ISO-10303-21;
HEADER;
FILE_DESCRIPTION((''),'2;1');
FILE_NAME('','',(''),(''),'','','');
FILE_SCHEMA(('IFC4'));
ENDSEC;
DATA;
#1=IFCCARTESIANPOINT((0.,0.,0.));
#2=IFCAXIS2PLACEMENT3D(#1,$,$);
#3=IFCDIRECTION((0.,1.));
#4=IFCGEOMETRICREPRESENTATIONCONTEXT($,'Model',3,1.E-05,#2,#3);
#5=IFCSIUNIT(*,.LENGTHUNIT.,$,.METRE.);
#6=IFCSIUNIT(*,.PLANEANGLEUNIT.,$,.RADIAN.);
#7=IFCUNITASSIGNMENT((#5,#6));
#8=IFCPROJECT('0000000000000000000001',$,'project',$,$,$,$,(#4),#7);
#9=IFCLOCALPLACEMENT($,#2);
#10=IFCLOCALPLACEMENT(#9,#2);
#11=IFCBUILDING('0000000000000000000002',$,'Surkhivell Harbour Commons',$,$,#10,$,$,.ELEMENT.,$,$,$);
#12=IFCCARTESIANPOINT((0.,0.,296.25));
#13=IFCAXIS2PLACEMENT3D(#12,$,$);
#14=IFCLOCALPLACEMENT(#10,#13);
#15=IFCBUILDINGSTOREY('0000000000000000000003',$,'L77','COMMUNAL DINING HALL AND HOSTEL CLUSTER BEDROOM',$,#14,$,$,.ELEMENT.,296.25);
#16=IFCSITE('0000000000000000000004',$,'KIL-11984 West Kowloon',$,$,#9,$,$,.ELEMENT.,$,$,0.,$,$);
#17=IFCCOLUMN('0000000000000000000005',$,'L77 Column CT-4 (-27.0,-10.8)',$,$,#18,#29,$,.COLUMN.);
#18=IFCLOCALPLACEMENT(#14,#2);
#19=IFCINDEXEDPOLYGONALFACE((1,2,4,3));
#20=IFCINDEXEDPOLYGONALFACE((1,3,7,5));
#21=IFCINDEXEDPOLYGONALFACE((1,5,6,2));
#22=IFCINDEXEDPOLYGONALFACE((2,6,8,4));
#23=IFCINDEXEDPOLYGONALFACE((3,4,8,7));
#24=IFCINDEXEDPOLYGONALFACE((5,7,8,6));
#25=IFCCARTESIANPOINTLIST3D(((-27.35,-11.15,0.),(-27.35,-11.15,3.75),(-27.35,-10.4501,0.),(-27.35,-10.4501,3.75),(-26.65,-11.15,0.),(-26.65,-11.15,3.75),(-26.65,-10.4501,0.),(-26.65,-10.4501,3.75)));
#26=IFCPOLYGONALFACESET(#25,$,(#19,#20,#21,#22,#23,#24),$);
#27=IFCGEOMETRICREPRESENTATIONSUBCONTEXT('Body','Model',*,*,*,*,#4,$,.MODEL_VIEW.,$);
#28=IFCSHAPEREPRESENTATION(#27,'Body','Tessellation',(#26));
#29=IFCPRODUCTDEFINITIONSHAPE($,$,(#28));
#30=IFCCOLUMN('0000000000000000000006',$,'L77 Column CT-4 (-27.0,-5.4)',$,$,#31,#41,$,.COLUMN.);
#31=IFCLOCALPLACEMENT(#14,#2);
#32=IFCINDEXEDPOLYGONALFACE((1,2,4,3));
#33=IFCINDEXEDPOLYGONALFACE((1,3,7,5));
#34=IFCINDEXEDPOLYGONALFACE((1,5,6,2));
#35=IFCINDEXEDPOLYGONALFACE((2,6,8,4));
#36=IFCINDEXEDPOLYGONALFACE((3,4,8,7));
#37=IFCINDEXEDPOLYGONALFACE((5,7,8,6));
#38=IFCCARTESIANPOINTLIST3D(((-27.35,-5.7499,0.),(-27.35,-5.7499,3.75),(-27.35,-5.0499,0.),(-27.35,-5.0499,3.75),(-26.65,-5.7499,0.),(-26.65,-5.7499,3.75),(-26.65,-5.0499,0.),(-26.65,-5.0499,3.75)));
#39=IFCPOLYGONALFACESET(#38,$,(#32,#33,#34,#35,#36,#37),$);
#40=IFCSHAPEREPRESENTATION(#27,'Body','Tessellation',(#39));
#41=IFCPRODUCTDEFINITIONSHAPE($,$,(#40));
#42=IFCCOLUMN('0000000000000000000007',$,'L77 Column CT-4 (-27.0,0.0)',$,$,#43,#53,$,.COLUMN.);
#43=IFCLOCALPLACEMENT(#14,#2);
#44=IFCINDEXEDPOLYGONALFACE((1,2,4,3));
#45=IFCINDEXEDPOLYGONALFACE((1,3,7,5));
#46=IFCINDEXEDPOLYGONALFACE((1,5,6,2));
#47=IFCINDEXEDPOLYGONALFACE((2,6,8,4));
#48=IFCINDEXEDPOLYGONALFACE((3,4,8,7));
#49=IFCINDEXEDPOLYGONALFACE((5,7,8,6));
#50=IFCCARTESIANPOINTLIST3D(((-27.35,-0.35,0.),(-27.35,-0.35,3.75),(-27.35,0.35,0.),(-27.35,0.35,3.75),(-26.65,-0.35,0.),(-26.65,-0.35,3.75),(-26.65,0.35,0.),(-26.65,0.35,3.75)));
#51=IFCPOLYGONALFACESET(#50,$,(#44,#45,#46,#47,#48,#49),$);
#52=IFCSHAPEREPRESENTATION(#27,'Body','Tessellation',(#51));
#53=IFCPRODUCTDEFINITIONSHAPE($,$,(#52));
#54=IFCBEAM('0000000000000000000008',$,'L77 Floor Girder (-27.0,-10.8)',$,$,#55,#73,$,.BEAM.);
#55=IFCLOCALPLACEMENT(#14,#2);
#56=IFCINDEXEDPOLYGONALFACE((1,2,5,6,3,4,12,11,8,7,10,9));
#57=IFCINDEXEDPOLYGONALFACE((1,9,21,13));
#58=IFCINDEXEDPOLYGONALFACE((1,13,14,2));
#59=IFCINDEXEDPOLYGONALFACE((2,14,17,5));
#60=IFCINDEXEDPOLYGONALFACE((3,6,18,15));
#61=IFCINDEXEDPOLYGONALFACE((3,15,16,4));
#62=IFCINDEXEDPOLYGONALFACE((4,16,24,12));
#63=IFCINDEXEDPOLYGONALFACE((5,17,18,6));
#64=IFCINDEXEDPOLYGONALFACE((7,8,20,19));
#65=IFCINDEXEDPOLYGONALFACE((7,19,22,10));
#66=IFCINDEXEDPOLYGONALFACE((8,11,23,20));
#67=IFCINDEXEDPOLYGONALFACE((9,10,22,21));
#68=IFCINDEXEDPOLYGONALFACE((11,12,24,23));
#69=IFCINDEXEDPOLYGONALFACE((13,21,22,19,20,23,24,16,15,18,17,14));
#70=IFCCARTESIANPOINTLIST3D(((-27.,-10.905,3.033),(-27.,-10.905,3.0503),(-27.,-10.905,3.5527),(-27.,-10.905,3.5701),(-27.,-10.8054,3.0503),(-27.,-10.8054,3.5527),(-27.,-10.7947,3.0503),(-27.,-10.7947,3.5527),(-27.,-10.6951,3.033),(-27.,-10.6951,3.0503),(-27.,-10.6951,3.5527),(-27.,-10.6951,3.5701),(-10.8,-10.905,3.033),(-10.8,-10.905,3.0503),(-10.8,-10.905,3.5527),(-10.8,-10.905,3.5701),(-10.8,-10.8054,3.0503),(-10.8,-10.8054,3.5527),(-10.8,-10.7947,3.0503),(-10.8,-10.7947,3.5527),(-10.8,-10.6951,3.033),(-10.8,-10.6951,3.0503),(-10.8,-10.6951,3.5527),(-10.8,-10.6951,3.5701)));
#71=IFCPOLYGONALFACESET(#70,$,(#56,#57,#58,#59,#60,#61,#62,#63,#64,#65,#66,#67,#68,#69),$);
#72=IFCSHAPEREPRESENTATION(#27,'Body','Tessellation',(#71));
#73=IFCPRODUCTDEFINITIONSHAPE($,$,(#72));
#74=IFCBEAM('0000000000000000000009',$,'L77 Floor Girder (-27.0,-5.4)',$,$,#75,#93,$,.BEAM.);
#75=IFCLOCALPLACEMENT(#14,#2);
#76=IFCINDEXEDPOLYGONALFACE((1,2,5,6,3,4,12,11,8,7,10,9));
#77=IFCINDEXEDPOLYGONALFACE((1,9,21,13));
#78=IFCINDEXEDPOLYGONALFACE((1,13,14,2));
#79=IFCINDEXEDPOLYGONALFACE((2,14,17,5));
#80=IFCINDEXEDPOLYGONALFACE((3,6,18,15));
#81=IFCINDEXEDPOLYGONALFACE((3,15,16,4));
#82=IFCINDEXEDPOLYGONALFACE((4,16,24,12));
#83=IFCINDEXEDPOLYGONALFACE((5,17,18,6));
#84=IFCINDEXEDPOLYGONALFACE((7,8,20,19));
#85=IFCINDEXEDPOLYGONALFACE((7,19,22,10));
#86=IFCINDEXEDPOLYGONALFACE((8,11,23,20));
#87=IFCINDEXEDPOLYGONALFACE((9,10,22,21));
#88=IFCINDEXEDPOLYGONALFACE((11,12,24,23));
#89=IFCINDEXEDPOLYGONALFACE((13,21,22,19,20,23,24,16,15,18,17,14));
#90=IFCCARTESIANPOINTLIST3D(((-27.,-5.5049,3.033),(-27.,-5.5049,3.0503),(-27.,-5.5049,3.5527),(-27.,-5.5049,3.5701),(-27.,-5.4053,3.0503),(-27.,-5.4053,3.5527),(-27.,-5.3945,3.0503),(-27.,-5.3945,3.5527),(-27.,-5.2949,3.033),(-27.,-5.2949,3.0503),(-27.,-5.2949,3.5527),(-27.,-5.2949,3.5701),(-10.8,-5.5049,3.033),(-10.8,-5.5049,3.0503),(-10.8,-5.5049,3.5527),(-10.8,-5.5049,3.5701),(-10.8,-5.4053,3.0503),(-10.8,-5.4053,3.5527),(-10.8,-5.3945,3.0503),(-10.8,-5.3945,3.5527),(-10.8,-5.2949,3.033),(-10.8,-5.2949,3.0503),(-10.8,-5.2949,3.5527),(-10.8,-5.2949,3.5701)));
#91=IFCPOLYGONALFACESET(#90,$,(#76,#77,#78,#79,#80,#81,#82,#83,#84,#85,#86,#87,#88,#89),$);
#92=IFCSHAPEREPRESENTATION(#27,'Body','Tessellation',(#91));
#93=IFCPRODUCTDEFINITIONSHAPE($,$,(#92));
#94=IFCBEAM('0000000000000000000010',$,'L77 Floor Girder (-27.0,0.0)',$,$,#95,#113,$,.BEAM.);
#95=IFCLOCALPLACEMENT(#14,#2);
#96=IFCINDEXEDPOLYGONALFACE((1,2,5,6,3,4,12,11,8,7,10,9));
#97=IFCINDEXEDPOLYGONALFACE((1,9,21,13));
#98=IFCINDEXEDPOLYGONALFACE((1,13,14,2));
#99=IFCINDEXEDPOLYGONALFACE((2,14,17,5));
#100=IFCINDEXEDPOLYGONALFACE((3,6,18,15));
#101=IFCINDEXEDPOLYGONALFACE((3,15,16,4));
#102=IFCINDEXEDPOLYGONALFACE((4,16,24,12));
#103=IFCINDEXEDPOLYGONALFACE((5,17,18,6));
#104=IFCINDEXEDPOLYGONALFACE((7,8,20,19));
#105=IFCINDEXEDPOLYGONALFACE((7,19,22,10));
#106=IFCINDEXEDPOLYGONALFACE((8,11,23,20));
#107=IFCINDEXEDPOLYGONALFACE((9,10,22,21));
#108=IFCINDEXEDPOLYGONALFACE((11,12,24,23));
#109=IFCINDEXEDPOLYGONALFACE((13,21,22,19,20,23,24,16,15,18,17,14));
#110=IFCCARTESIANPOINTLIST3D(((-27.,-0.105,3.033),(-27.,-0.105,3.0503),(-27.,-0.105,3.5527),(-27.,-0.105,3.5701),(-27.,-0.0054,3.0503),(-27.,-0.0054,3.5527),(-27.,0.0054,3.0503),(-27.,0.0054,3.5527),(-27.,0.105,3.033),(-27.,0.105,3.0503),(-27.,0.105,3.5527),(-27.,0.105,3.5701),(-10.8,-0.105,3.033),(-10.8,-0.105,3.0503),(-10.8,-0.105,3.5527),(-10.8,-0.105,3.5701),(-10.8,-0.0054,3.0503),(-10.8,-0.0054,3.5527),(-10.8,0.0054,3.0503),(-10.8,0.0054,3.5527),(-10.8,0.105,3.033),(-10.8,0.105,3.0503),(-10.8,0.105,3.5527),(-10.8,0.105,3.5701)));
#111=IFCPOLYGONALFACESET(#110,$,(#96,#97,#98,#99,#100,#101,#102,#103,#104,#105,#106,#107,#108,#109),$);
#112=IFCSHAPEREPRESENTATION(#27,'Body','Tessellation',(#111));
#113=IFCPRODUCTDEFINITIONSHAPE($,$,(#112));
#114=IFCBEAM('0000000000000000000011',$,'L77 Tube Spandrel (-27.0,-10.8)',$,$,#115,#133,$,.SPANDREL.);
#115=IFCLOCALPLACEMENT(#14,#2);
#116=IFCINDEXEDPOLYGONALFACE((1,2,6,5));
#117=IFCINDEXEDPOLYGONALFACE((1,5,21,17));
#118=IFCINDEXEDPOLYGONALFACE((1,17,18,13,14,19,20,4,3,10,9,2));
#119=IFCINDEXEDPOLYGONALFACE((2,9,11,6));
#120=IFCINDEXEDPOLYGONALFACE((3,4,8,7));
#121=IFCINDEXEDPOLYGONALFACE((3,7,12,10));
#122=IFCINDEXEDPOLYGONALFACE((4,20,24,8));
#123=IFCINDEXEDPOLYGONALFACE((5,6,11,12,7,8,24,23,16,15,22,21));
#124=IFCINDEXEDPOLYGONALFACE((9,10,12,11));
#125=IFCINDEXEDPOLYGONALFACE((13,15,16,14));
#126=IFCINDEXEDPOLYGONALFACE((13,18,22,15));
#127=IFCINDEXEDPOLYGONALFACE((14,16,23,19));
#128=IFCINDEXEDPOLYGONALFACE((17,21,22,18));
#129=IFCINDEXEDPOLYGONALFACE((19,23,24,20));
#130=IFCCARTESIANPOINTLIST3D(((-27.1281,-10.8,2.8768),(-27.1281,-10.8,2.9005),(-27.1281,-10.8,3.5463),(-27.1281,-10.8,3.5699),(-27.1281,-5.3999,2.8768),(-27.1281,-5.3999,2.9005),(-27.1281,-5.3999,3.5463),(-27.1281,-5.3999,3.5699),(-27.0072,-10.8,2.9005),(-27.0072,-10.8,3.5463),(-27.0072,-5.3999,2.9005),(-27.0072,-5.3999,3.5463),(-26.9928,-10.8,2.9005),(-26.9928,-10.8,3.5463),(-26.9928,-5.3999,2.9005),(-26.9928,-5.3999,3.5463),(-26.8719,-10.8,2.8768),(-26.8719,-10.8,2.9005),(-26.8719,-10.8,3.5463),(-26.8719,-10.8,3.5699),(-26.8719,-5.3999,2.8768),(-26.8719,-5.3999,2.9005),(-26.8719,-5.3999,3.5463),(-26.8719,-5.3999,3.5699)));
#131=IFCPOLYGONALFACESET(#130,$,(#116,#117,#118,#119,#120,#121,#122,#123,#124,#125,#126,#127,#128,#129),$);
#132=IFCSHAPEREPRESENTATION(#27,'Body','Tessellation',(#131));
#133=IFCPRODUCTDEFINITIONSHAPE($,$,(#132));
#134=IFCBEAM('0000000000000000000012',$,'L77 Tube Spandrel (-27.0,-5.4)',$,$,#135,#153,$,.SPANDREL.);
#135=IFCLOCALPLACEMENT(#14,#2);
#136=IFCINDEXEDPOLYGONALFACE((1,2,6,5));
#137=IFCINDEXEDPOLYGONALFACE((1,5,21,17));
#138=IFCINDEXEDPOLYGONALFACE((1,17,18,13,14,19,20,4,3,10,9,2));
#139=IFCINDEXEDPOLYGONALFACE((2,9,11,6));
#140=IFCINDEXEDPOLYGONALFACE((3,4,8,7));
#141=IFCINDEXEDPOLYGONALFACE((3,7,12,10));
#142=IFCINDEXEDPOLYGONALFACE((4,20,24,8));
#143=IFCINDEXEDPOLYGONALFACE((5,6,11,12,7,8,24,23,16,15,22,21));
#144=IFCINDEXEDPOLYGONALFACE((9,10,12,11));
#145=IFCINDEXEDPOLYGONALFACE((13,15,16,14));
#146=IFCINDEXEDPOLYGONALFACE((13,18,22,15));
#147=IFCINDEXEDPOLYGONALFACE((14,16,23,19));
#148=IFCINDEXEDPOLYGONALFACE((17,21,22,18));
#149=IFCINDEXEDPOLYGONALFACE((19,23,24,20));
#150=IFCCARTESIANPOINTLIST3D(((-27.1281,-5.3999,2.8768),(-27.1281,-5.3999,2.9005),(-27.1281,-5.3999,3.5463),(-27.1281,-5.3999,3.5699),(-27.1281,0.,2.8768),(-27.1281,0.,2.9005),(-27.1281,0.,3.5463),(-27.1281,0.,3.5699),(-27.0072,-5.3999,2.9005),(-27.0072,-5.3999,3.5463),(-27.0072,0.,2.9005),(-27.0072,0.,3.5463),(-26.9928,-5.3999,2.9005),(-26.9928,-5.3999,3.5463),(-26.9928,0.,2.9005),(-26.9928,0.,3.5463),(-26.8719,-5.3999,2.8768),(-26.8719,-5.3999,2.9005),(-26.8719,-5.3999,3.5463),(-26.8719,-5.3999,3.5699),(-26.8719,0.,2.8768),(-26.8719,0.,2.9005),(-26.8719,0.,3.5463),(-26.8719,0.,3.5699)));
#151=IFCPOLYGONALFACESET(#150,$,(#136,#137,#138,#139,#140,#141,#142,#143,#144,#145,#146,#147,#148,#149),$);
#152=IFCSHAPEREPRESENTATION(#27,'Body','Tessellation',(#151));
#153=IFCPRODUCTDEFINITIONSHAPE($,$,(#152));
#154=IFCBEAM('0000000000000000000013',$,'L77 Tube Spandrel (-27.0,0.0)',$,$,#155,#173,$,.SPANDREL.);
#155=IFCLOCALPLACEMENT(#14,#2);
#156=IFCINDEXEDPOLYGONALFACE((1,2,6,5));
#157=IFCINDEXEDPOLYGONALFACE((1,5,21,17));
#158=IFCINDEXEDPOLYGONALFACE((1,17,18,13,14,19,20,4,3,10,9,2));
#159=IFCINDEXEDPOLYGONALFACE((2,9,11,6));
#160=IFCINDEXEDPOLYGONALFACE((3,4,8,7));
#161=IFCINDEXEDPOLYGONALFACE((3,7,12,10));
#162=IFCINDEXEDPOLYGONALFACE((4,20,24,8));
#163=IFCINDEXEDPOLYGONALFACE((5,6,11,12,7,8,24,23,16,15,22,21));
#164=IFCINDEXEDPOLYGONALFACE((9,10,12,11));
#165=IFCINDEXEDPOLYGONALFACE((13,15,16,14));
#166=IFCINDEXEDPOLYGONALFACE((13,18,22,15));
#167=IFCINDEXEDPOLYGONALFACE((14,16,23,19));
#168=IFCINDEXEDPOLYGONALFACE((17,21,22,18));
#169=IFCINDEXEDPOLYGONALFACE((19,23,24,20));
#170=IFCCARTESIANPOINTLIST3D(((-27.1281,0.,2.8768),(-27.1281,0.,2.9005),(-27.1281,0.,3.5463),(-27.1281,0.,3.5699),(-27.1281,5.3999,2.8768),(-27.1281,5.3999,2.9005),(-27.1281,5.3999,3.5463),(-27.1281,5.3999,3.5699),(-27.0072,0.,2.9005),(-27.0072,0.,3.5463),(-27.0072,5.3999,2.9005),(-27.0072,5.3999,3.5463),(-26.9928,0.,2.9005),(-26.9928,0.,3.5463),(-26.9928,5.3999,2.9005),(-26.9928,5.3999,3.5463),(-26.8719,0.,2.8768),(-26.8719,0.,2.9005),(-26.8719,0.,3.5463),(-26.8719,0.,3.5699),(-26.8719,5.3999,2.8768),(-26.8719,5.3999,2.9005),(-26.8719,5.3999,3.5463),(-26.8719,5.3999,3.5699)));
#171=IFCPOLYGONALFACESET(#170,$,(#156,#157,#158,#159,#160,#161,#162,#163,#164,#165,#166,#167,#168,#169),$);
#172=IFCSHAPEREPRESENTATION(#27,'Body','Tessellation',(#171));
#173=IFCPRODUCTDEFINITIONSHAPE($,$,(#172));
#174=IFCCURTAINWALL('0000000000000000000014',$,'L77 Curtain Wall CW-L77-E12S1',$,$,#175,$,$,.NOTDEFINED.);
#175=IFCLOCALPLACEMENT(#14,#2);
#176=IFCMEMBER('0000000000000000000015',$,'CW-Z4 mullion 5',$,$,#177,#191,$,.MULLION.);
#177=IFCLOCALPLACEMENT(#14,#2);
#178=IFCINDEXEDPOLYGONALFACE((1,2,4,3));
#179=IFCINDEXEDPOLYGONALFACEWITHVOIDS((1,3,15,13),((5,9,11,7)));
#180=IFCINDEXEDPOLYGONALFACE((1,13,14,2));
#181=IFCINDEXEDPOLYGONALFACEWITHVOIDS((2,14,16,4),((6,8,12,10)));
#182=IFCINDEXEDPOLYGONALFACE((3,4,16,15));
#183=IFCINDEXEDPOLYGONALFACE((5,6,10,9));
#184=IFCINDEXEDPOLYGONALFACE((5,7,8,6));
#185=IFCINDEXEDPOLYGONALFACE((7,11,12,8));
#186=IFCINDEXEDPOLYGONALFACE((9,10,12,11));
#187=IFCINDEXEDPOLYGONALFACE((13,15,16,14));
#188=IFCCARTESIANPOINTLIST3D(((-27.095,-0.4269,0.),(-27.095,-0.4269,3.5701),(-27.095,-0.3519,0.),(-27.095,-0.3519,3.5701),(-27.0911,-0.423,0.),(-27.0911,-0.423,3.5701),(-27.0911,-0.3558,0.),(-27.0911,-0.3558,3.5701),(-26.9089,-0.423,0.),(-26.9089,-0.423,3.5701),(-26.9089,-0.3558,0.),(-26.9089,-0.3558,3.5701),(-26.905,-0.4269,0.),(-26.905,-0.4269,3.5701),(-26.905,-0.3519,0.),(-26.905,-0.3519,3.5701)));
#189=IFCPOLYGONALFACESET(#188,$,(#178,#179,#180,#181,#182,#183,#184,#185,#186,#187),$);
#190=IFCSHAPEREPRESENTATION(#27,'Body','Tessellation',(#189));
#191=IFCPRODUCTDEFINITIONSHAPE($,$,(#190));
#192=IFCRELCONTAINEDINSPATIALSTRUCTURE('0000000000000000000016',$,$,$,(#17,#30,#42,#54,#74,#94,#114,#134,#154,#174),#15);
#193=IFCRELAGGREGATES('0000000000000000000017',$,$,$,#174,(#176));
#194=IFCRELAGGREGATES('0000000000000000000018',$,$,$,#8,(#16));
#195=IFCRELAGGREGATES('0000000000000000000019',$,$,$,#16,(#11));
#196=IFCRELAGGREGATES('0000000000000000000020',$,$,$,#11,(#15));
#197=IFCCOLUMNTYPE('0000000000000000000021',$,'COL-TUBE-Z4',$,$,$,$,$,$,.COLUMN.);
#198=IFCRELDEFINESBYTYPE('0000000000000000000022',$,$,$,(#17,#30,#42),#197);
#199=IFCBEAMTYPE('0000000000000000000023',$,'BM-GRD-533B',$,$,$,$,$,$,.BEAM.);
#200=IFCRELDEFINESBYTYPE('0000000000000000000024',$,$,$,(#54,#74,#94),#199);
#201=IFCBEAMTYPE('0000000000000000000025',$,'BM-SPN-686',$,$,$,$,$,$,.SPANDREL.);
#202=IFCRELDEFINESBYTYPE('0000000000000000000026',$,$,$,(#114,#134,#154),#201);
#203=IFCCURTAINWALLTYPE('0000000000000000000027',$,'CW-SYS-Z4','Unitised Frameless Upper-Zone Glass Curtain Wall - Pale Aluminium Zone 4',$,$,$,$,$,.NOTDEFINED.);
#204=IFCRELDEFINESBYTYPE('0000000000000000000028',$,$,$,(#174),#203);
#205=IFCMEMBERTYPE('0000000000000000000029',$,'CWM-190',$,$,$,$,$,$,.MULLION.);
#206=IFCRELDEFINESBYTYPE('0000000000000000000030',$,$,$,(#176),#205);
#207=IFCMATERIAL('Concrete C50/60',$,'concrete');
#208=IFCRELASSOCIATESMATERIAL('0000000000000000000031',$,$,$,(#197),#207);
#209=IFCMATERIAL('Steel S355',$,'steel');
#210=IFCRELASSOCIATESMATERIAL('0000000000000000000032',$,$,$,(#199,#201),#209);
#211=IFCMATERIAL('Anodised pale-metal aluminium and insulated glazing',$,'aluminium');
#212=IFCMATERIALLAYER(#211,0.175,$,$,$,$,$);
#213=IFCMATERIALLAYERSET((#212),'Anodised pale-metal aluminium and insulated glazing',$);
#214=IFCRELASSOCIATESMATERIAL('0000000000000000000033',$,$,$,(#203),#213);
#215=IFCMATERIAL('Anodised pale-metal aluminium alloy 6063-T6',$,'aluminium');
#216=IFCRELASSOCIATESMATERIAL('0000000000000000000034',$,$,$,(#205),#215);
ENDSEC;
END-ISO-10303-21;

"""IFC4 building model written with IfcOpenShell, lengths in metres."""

from ifc_helpers import new_model, si_unit, direction, frame, origin, origin_2d, place, context, subcontext, project, spatial, rectangle, hollow_rectangle, i_section, extrude, material, layer, layer_set, material_profile, profile_set, type_object, element, aggregate, save


model = new_model("IFC4")

# Units and contexts
model_context = context("Model", 3, precision=1e-05, world=origin(), true_north=direction((0.0, 1.0)))
body_context = subcontext(model_context, "Body", "Model", "MODEL_VIEW")
ifc_project = project(units=[si_unit("LENGTHUNIT", "METRE"), si_unit("PLANEANGLEUNIT", "RADIAN")], contexts=[model_context])

# Site, building, storey
site_placement = place(None, origin())
site = spatial("IfcSite", under=ifc_project, at=site_placement, Name="KIL-11984 West Kowloon", CompositionType="ELEMENT", RefElevation=0.0)
building_placement = place(site_placement, origin())
building = spatial("IfcBuilding", under=site, at=building_placement, Name="Surkhivell Harbour Commons", CompositionType="ELEMENT")
storey_placement = place(building_placement, frame((0.0, 0.0, 296.25)))
storey = spatial("IfcBuildingStorey", under=building, at=storey_placement, Name="L77", Description="COMMUNAL DINING HALL AND HOSTEL CLUSTER BEDROOM", CompositionType="ELEMENT", Elevation=296.25)

# Columns
ifc_material_1 = material(Name="Concrete C50/60", Category="concrete")
ifc_material_profile_1 = material_profile(ifc_material_1, rectangle(XDim=0.7, YDim=0.7, at=origin_2d()), Name="RC-COL-700x700")
ifc_profile_set_1 = profile_set([ifc_material_profile_1], Name="Concrete C50/60")
column_type = type_object("IfcColumnType", Name="COL-TUBE-Z4", PredefinedType="COLUMN", material=ifc_profile_set_1)
for number, where, z_axis, x_axis, name in (
    (1, (-27.0, -10.8, 0.0), (0.0, 0.0, 1.0), (1.0, 0.0, 0.0), "L77 Column CT-4 (-27.0,-10.8)"),
    (2, (-27.0, -5.3999, 0.0), (0.0, 0.0, 1.0), (1.0, 0.0, 0.0), "L77 Column CT-4 (-27.0,-5.4)"),
    (3, (-27.0, 0.0, 0.0), (0.0, 0.0, 1.0), (1.0, 0.0, 0.0), "L77 Column CT-4 (-27.0,0.0)"),
):
    element("IfcColumn", number, at=place(storey_placement, frame(where, z_axis=z_axis, x_axis=x_axis)), inside=storey, type_object=column_type, Name=name, PredefinedType="COLUMN", context=body_context, shape_type="SweptSolid", body=[
        extrude(rectangle(XDim=0.7, YDim=0.7, at=origin_2d()), origin(), (0.0, 0.0, 1.0), 3.75),
    ])

# Beams
ifc_material_2 = material(Name="Steel S355", Category="steel")
ifc_material_profile_2 = material_profile(ifc_material_2, i_section(OverallWidth=0.21, OverallDepth=0.5371, WebThickness=0.0107, FlangeThickness=0.0173, at=origin_2d()), Name="UB533x210x101")
ifc_profile_set_2 = profile_set([ifc_material_profile_2], Name="Steel S355")
beam_type_1 = type_object("IfcBeamType", Name="BM-GRD-533B", PredefinedType="BEAM", material=ifc_profile_set_2)
for number, where, z_axis, x_axis, name in (
    (4, (-27.0, -10.8, 3.3015), (1.0, 0.0, 0.0), (0.0, 1.0, 0.0), "L77 Floor Girder (-27.0,-10.8)"),
    (5, (-27.0, -5.3999, 3.3015), (1.0, 0.0, 0.0), (0.0, 1.0, 0.0), "L77 Floor Girder (-27.0,-5.4)"),
    (6, (-27.0, 0.0, 3.3015), (1.0, 0.0, 0.0), (0.0, 1.0, 0.0), "L77 Floor Girder (-27.0,0.0)"),
):
    element("IfcBeam", number, at=place(storey_placement, frame(where, z_axis=z_axis, x_axis=x_axis)), inside=storey, type_object=beam_type_1, Name=name, PredefinedType="BEAM", context=body_context, shape_type="SweptSolid", body=[
        extrude(i_section(OverallWidth=0.21, OverallDepth=0.5371, WebThickness=0.0107, FlangeThickness=0.0173, at=origin_2d()), origin(), (0.0, 0.0, 1.0), 16.2),
    ])
ifc_material_profile_3 = material_profile(ifc_material_2, i_section(OverallWidth=0.2561, OverallDepth=0.6931, WebThickness=0.0144, FlangeThickness=0.0237, at=origin_2d()), Name="UB686x254x170")
ifc_profile_set_3 = profile_set([ifc_material_profile_3], Name="Steel S355")
beam_type_2 = type_object("IfcBeamType", Name="BM-SPN-686", PredefinedType="SPANDREL", material=ifc_profile_set_3)
beam_placement = place(storey_placement, frame((-27.0, -10.8, 3.2234), z_axis=(0.0, 1.0, 0.0), x_axis=(-1.0, 0.0, 0.0)))
element("IfcBeam", 7, at=beam_placement, inside=storey, type_object=beam_type_2, Name="L77 Tube Spandrel (-27.0,-10.8)", PredefinedType="SPANDREL", context=body_context, shape_type="SweptSolid", body=[
    extrude(i_section(OverallWidth=0.2561, OverallDepth=0.6931, WebThickness=0.0144, FlangeThickness=0.0237, at=origin_2d()), origin(), (0.0, 0.0, 1.0), 5.4001),
])
for number, where, z_axis, x_axis, name in (
    (8, (-27.0, -5.3999, 3.2234), (0.0, 1.0, 0.0), (-1.0, 0.0, 0.0), "L77 Tube Spandrel (-27.0,-5.4)"),
    (9, (-27.0, 0.0, 3.2234), (0.0, 1.0, 0.0), (-1.0, 0.0, 0.0), "L77 Tube Spandrel (-27.0,0.0)"),
):
    element("IfcBeam", number, at=place(storey_placement, frame(where, z_axis=z_axis, x_axis=x_axis)), inside=storey, type_object=beam_type_2, Name=name, PredefinedType="SPANDREL", context=body_context, shape_type="SweptSolid", body=[
        extrude(i_section(OverallWidth=0.2561, OverallDepth=0.6931, WebThickness=0.0144, FlangeThickness=0.0237, at=origin_2d()), origin(), (0.0, 0.0, 1.0), 5.3999),
    ])

# Curtain wall, member
ifc_material_3 = material(Name="Anodised pale-metal aluminium and insulated glazing", Category="aluminium")
ifc_layer_1 = layer(ifc_material_3, 0.175)
ifc_layer_set_1 = layer_set([ifc_layer_1], Name="Anodised pale-metal aluminium and insulated glazing")
curtain_wall_type = type_object("IfcCurtainWallType", Name="CW-SYS-Z4", Description="Unitised Frameless Upper-Zone Glass Curtain Wall - Pale Aluminium Zone 4", PredefinedType="NOTDEFINED", material=ifc_layer_set_1)
curtain_wall_placement = place(storey_placement, origin())
curtain_wall = element("IfcCurtainWall", 10, at=curtain_wall_placement, inside=storey, type_object=curtain_wall_type, Name="L77 Curtain Wall CW-L77-E12S1", PredefinedType="NOTDEFINED")
ifc_material_4 = material(Name="Anodised pale-metal aluminium alloy 6063-T6", Category="aluminium")
ifc_material_profile_4 = material_profile(ifc_material_4, hollow_rectangle(XDim=0.075, YDim=0.1899, WallThickness=0.0039, at=origin_2d()), Name="ALU-MULL-75x190")
ifc_profile_set_4 = profile_set([ifc_material_profile_4], Name="Anodised pale-metal aluminium alloy 6063-T6")
member_type_1 = type_object("IfcMemberType", Name="CWM-190", PredefinedType="MULLION", material=ifc_profile_set_4)
member_1_placement = place(storey_placement, frame((-27.0, -0.3894, 0.0), z_axis=(0.0, 0.0, 1.0), x_axis=(0.0, -1.0, 0.0)))
member_1 = element("IfcMember", 11, at=member_1_placement, type_object=member_type_1, Name="CW-Z4 mullion 5", PredefinedType="MULLION", context=body_context, shape_type="SweptSolid", body=[
    extrude(hollow_rectangle(XDim=0.075, YDim=0.1899, WallThickness=0.0039, at=origin_2d()), origin(), (0.0, 0.0, 1.0), 3.5701),
])

aggregate(curtain_wall, [member_1])

save(model, "model.ifc")
